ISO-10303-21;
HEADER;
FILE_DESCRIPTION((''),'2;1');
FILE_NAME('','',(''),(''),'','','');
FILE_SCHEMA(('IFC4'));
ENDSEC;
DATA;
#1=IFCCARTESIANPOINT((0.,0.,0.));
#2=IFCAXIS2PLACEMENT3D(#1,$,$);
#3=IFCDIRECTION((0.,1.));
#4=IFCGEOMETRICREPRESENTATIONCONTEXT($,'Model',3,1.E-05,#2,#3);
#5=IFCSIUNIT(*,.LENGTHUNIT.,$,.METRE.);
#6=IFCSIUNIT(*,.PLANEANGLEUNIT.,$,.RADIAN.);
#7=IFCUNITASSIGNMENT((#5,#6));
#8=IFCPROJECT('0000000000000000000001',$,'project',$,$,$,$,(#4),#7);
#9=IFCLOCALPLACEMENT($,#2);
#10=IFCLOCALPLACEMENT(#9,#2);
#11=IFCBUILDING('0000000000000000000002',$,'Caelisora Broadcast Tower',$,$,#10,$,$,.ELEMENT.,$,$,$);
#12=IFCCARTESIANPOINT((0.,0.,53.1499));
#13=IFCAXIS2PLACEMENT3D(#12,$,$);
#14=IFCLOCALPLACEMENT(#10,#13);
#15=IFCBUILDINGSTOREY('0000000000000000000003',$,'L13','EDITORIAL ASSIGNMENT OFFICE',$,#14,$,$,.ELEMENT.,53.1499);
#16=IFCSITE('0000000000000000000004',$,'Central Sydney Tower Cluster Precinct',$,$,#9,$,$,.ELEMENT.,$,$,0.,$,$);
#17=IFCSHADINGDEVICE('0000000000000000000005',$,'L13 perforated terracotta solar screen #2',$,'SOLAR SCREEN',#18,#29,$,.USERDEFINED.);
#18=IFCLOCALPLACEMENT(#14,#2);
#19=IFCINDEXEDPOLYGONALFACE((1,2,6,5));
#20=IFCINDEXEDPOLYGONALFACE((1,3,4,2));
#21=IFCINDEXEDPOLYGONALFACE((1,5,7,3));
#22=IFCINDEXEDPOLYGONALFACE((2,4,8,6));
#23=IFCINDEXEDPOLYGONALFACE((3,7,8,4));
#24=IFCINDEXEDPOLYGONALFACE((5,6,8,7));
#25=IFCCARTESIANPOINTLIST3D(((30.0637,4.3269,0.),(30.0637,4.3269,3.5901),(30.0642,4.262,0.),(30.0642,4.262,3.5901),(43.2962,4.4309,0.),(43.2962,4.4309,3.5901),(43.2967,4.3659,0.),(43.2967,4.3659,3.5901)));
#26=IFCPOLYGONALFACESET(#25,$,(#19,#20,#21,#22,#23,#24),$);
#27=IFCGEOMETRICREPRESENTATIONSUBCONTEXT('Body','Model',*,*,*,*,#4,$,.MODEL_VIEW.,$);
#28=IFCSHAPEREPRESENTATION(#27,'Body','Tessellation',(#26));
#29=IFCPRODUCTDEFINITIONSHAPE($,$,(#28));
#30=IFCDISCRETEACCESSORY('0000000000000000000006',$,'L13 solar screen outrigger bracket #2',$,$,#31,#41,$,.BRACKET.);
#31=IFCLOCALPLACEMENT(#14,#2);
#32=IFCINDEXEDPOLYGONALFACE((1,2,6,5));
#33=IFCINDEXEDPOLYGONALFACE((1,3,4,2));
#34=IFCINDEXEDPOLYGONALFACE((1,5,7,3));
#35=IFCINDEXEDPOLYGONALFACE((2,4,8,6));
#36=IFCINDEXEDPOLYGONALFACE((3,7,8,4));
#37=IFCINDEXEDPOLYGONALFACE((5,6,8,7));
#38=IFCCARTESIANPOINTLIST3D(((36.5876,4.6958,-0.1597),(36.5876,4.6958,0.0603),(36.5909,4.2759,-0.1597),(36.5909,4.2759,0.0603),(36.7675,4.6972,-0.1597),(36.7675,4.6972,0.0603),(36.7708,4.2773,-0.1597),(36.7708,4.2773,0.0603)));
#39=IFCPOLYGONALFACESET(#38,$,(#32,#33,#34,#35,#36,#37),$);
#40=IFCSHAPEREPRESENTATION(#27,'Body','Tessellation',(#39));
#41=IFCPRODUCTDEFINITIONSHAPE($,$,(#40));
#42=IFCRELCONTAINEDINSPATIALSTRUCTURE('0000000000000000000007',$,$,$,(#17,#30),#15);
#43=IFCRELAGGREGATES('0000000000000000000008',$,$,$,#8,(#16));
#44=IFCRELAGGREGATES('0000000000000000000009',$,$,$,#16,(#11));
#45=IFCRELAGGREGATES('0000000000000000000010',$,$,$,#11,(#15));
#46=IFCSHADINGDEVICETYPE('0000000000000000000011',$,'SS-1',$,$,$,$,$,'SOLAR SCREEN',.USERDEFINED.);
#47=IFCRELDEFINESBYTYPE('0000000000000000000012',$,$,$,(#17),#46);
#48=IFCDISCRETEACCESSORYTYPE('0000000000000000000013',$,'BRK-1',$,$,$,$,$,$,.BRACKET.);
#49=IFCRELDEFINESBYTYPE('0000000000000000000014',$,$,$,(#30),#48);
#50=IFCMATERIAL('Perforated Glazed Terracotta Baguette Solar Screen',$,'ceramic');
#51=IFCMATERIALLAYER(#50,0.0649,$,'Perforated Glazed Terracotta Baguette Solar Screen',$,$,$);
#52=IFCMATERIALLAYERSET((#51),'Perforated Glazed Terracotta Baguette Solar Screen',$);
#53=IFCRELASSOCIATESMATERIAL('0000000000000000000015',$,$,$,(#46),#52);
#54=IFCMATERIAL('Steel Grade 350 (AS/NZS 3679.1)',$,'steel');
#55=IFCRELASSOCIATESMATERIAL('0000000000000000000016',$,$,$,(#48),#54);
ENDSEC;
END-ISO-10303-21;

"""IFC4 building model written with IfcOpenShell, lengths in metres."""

from ifc_helpers import new_model, si_unit, direction, frame, origin, origin_2d, place, context, subcontext, project, spatial, rectangle, extrude, source, transform, mapped, material, layer, layer_set, type_object, type_shapes, element, save


model = new_model("IFC4")

# Units and contexts
model_context = context("Model", 3, precision=1e-05, world=origin(), true_north=direction((0.0, 1.0)))
body_context = subcontext(model_context, "Body", "Model", "MODEL_VIEW")
ifc_project = project(units=[si_unit("LENGTHUNIT", "METRE"), si_unit("PLANEANGLEUNIT", "RADIAN")], contexts=[model_context])

# Site, building, storey
site_placement = place(None, origin())
site = spatial("IfcSite", under=ifc_project, at=site_placement, Name="Central Sydney Tower Cluster Precinct", CompositionType="ELEMENT", RefElevation=0.0)
building_placement = place(site_placement, origin())
building = spatial("IfcBuilding", under=site, at=building_placement, Name="Caelisora Broadcast Tower", CompositionType="ELEMENT")
storey_placement = place(building_placement, frame((0.0, 0.0, 53.1499)))
storey = spatial("IfcBuildingStorey", under=building, at=storey_placement, Name="L13", Description="EDITORIAL ASSIGNMENT OFFICE", CompositionType="ELEMENT", Elevation=53.1499)

# Shared definitions
ifc_material_1 = material(Name="Steel Grade 350 (AS/NZS 3679.1)", Category="steel")

# Shading device
ifc_material_2 = material(Name="Perforated Glazed Terracotta Baguette Solar Screen", Category="ceramic")
ifc_layer_1 = layer(ifc_material_2, 0.0649, Name="Perforated Glazed Terracotta Baguette Solar Screen")
ifc_layer_set_1 = layer_set([ifc_layer_1], Name="Perforated Glazed Terracotta Baguette Solar Screen")
shading_device_type = type_object("IfcShadingDeviceType", Name="SS-1", ElementType="SOLAR SCREEN", PredefinedType="USERDEFINED", material=ifc_layer_set_1)
shared_shape_1 = source(origin(), body_context, "Body", "SweptSolid", [
    extrude(rectangle(XDim=13.2329, YDim=0.0649, at=origin_2d()), origin(), (0.0, 0.0, 1.0), 3.5901),
])
type_shapes(shading_device_type, [shared_shape_1])
shading_device_placement = place(storey_placement, frame((36.6802, 4.3464, 0.0), z_axis=(0.0, 0.0, 1.0), x_axis=(0.999969, 0.007854, 0.0)))
element("IfcShadingDevice", 1, at=shading_device_placement, inside=storey, type_object=shading_device_type, Name="L13 perforated terracotta solar screen #2", ObjectType="SOLAR SCREEN", PredefinedType="USERDEFINED", context=body_context, shape_type="MappedRepresentation", body=[
    mapped(shared_shape_1, transform((0.0, 0.0, 0.0), scale=1.0)),
])

# Discrete accessory
discrete_accessory_type = type_object("IfcDiscreteAccessoryType", Name="BRK-1", PredefinedType="BRACKET", material=ifc_material_1)
shared_shape_2 = source(origin(), body_context, "Body", "SweptSolid", [
    extrude(rectangle(XDim=0.1799, YDim=0.4199, at=origin_2d()), origin(), (0.0, 0.0, 1.0), 0.22),
])
type_shapes(discrete_accessory_type, [shared_shape_2])
discrete_accessory_placement = place(storey_placement, frame((36.6792, 4.4866, -0.1597), z_axis=(0.0, 0.0, 1.0), x_axis=(0.999969, 0.007854, 0.0)))
element("IfcDiscreteAccessory", 2, at=discrete_accessory_placement, inside=storey, type_object=discrete_accessory_type, Name="L13 solar screen outrigger bracket #2", PredefinedType="BRACKET", context=body_context, shape_type="MappedRepresentation", body=[
    mapped(shared_shape_2, transform((0.0, 0.0, 0.0), scale=1.0)),
])

save(model, "model.ifc")
